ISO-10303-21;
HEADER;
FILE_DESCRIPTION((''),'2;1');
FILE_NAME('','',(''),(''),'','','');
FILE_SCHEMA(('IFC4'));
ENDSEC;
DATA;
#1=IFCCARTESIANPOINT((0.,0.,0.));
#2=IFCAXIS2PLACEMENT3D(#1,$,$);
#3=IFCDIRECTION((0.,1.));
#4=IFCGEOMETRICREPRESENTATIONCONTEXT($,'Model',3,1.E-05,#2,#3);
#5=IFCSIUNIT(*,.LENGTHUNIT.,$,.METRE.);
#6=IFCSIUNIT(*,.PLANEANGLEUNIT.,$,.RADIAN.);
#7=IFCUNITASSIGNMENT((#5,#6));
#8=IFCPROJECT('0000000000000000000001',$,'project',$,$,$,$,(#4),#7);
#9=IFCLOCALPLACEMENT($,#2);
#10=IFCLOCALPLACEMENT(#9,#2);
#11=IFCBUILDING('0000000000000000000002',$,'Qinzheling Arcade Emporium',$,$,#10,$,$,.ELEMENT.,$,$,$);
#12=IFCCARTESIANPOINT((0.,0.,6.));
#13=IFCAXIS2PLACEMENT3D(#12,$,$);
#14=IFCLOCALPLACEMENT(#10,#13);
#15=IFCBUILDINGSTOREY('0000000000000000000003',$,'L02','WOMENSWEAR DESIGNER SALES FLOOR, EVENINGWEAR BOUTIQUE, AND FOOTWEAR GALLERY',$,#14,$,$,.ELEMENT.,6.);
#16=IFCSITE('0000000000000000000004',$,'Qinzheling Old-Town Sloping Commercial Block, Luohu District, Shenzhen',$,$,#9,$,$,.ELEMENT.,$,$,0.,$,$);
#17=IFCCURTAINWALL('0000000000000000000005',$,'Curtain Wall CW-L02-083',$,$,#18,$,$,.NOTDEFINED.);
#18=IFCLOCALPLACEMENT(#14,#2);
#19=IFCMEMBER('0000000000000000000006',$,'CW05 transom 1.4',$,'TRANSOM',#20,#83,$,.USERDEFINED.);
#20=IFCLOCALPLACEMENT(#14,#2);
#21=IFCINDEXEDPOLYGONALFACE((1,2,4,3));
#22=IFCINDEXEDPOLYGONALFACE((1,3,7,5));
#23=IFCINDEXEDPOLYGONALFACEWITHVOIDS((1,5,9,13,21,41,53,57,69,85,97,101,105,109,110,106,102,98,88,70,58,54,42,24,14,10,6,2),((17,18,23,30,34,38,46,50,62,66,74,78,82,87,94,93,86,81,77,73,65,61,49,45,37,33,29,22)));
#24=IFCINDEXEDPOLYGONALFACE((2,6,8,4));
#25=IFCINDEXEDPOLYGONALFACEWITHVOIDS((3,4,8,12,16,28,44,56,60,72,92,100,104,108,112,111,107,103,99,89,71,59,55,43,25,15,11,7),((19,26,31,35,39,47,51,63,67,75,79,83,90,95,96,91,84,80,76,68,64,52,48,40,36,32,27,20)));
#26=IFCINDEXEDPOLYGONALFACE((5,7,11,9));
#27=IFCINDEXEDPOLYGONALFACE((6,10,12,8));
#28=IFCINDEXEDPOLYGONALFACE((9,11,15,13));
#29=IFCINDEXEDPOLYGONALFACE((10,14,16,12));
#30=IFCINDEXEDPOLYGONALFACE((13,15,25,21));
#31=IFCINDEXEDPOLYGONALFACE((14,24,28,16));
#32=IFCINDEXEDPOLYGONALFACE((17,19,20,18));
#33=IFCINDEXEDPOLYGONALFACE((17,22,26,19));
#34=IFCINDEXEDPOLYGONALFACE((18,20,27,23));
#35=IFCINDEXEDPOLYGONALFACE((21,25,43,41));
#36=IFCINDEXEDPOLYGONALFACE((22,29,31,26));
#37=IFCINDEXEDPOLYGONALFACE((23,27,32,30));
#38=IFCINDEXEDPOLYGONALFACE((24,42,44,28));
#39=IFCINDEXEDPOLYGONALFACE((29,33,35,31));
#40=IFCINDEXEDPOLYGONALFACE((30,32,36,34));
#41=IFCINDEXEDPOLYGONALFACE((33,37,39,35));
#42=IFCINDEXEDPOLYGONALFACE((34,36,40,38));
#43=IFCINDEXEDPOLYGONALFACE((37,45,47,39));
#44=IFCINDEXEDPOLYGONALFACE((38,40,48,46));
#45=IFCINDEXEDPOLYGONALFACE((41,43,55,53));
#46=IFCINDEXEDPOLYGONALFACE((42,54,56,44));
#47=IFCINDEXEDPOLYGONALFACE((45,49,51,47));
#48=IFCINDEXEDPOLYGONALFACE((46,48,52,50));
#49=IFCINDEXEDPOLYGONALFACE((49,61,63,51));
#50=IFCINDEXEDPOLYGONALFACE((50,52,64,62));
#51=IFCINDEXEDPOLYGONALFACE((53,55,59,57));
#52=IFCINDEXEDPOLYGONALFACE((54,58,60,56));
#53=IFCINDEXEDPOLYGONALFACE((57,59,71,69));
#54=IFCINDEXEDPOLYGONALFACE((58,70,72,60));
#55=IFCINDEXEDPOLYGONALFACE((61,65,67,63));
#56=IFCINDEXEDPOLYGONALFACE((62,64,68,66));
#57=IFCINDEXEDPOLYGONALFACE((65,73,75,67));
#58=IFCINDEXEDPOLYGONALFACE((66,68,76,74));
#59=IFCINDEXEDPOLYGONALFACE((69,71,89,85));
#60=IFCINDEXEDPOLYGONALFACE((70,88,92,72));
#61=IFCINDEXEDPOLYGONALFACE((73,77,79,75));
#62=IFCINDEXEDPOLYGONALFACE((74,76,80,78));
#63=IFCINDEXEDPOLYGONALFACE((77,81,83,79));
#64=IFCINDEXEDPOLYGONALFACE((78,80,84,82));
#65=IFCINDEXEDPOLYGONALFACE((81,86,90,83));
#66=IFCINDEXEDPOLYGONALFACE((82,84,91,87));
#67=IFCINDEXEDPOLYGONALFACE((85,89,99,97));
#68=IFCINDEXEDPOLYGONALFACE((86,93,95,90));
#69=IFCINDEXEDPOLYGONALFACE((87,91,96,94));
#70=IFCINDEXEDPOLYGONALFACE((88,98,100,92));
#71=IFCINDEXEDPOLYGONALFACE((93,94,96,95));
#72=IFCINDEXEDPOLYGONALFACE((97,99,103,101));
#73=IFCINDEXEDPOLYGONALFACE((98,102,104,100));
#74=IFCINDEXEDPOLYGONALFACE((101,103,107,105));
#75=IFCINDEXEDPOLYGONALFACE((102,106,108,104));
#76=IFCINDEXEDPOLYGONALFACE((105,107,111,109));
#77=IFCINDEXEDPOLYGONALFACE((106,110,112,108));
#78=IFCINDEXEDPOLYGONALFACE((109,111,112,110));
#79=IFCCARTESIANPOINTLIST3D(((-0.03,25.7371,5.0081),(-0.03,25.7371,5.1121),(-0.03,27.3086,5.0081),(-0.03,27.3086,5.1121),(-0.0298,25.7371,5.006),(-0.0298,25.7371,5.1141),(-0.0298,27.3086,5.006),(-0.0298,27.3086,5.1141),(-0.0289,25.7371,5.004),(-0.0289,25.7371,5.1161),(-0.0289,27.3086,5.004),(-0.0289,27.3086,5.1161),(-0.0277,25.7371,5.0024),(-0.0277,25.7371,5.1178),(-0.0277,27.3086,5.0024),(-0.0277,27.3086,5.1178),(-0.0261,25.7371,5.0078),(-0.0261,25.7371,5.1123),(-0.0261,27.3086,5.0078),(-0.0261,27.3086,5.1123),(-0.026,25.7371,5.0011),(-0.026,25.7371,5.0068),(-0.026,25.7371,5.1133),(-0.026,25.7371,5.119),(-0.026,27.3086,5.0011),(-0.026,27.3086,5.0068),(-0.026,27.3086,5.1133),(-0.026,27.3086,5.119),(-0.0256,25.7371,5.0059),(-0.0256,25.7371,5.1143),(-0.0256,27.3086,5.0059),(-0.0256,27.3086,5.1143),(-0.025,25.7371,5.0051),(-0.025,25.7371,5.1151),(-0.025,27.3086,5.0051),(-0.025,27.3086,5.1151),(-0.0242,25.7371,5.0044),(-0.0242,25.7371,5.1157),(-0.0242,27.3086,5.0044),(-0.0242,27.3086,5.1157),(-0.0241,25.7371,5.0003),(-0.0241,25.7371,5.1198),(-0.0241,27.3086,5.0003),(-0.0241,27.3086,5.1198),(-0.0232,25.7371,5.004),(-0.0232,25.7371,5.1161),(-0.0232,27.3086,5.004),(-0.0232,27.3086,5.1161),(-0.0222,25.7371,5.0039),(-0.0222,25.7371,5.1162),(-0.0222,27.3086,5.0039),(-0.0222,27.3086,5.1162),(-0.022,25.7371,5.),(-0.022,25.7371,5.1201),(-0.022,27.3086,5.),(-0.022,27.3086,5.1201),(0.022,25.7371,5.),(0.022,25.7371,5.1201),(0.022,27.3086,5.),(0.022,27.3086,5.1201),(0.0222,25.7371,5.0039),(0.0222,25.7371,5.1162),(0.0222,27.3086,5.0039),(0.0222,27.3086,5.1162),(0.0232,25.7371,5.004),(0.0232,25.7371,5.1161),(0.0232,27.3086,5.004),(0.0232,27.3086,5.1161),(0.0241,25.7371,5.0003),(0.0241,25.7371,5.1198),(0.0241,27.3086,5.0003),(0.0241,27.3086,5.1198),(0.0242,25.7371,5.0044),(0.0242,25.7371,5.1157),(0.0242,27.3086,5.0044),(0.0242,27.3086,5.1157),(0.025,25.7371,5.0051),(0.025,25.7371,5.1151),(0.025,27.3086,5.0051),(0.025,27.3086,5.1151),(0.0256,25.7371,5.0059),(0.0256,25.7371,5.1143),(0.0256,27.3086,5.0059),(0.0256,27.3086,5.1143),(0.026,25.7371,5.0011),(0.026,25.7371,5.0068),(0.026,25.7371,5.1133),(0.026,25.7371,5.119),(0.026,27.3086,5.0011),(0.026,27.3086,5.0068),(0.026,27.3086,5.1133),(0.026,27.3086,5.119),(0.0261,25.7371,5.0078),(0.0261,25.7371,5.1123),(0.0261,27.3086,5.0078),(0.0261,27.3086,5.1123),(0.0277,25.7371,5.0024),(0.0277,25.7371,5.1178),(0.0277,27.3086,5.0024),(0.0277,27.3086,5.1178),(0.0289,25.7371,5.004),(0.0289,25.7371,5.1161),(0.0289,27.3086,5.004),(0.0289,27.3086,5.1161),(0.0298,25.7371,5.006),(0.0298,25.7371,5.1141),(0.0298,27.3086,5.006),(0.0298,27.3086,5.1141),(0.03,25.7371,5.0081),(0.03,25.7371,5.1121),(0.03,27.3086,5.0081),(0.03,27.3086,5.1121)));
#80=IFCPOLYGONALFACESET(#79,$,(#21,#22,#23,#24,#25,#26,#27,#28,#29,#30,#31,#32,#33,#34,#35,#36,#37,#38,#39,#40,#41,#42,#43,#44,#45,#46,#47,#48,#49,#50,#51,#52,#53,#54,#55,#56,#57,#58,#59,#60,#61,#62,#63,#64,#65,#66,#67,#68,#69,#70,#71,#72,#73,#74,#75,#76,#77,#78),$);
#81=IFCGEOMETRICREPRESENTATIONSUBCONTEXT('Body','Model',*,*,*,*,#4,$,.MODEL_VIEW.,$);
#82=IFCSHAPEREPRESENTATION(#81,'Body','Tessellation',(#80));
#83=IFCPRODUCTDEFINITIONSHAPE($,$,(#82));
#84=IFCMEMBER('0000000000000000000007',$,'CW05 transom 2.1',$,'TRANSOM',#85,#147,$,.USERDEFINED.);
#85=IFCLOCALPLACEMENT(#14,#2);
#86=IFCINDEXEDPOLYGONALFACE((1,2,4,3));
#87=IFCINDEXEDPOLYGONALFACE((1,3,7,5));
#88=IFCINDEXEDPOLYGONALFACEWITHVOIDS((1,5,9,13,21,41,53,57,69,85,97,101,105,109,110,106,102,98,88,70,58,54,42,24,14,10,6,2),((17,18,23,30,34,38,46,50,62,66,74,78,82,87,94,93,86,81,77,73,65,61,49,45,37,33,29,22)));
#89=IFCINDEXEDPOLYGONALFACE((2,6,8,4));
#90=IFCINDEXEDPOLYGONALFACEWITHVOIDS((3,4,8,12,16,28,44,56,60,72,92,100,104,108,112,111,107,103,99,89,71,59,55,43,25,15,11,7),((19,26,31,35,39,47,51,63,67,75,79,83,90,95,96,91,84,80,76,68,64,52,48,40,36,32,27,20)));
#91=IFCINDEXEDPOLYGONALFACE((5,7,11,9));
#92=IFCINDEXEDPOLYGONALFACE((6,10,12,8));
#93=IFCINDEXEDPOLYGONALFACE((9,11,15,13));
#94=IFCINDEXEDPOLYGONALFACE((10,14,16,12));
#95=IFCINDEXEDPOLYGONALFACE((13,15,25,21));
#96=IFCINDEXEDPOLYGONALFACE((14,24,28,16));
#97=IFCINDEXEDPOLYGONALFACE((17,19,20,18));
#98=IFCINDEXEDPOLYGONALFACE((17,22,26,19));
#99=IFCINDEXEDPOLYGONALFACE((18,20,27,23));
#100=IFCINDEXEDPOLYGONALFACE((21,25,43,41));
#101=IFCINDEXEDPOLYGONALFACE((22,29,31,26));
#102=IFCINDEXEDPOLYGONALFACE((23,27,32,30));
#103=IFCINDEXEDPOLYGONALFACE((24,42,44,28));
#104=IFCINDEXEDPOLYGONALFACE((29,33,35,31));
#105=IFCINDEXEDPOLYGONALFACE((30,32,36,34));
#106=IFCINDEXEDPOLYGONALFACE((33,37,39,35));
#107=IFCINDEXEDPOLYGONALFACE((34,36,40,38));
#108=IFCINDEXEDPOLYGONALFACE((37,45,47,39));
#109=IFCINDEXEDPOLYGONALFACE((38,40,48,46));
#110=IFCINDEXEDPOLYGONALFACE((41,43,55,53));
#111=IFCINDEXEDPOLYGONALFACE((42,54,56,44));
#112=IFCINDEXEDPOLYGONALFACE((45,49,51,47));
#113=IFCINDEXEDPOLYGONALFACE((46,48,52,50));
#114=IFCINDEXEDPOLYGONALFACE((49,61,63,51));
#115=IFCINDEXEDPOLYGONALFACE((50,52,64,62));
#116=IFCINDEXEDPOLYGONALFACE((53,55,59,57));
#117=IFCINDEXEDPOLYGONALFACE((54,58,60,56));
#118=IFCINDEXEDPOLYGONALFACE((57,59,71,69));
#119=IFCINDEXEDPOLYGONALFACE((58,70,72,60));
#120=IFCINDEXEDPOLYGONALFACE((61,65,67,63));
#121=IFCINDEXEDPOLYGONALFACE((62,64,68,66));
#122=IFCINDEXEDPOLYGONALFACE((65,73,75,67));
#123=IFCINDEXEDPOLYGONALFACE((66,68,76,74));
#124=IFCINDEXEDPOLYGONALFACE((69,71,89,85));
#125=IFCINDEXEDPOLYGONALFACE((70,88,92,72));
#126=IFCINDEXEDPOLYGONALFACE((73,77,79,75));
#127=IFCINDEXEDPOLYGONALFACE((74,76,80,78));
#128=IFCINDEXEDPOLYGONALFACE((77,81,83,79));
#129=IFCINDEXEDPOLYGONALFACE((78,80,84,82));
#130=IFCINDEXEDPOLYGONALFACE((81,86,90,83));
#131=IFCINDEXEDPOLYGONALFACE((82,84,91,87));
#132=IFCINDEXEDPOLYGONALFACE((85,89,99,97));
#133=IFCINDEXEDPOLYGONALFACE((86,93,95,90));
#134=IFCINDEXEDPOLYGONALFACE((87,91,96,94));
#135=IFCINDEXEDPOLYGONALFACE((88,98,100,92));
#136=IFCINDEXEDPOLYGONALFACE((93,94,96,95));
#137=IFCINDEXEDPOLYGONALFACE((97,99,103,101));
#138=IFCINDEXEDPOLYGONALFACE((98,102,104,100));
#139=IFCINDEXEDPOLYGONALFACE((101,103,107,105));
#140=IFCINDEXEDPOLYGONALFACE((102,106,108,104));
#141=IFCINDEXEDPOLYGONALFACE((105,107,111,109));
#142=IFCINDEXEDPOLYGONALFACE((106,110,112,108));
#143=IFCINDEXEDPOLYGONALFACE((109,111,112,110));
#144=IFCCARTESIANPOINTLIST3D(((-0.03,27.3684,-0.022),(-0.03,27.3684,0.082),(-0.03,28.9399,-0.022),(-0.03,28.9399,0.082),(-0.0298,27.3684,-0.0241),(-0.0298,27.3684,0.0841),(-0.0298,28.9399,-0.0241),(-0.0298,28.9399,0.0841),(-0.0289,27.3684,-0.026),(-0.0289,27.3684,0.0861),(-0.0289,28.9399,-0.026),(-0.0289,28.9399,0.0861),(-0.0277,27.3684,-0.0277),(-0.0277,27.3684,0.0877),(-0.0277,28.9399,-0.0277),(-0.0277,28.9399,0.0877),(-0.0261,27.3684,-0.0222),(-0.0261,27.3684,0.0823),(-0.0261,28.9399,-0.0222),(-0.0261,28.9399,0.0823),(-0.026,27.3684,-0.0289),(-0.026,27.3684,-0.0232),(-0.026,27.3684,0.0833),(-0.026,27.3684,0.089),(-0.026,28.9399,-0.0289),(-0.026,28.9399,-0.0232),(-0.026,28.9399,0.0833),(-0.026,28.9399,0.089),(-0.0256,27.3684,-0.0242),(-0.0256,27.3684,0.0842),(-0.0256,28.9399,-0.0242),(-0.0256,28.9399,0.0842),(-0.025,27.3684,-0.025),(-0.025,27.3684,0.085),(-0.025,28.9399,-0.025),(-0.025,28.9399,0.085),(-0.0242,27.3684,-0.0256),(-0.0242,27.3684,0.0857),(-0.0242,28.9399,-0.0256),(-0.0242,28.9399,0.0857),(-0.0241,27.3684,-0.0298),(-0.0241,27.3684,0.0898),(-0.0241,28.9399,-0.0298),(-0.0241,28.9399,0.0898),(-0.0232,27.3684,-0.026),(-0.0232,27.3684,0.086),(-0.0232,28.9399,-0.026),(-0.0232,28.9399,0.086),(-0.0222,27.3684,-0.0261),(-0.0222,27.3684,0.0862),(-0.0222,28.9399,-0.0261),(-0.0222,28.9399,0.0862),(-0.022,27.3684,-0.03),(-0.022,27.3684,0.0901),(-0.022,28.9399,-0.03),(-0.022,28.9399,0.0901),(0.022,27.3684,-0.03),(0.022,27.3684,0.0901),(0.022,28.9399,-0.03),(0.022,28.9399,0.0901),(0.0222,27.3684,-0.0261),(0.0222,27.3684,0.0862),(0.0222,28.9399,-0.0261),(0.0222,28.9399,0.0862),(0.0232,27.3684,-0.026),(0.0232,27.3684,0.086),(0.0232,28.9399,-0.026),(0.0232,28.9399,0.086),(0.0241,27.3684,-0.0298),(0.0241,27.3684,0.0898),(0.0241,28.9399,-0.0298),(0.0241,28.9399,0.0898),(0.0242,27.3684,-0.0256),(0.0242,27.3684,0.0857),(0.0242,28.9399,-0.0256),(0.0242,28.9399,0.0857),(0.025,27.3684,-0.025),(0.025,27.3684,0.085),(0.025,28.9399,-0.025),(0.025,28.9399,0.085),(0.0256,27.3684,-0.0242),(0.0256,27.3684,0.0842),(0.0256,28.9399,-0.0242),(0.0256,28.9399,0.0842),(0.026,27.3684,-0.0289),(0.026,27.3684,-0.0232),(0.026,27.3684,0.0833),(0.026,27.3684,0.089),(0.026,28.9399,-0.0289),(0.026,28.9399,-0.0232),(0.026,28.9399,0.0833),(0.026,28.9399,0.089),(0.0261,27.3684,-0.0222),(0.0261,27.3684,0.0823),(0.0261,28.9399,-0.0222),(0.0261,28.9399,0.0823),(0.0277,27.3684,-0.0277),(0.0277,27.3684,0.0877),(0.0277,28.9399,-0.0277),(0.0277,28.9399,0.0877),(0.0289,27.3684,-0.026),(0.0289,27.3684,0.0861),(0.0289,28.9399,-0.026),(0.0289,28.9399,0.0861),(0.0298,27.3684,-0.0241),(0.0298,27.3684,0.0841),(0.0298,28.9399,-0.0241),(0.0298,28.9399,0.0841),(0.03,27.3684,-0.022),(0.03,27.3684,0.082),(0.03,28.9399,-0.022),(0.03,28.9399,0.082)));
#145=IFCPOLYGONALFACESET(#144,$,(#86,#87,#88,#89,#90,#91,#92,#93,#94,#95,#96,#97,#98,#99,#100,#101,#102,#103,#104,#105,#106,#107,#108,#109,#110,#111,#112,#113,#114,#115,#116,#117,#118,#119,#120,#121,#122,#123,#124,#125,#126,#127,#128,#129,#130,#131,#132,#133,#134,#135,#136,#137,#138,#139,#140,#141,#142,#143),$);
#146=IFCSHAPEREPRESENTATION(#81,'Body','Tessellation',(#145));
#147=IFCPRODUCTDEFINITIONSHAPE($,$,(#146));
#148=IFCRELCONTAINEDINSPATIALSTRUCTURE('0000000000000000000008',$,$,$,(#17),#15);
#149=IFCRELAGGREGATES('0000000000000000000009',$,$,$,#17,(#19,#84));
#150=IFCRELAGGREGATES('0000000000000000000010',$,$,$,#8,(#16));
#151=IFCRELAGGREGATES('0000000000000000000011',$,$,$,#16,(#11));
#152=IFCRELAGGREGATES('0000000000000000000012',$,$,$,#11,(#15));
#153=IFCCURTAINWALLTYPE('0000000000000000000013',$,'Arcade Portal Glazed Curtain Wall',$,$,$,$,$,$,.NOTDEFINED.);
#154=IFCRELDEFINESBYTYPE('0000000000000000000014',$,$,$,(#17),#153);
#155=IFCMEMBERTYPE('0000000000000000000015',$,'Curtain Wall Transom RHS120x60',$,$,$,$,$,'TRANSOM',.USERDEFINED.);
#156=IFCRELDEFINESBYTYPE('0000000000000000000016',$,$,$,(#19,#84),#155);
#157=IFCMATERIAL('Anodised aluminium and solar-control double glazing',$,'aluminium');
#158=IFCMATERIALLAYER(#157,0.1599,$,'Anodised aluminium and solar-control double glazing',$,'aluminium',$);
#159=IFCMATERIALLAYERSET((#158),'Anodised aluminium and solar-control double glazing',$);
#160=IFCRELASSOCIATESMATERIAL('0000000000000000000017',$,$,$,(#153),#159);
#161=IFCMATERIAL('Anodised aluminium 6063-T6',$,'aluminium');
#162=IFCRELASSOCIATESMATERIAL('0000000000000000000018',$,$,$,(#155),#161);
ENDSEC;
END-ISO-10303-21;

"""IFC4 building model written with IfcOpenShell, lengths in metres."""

from ifc_helpers import new_model, si_unit, direction, frame, origin, origin_2d, place, context, subcontext, project, spatial, hollow_rectangle, extrude, material, layer, layer_set, material_profile, profile_set, type_object, element, aggregate, save


model = new_model("IFC4")

# Units and contexts
model_context = context("Model", 3, precision=1e-05, world=origin(), true_north=direction((0.0, 1.0)))
body_context = subcontext(model_context, "Body", "Model", "MODEL_VIEW")
ifc_project = project(units=[si_unit("LENGTHUNIT", "METRE"), si_unit("PLANEANGLEUNIT", "RADIAN")], contexts=[model_context])

# Site, building, storey
site_placement = place(None, origin())
site = spatial("IfcSite", under=ifc_project, at=site_placement, Name="Qinzheling Old-Town Sloping Commercial Block, Luohu District, Shenzhen", CompositionType="ELEMENT", RefElevation=0.0)
building_placement = place(site_placement, origin())
building = spatial("IfcBuilding", under=site, at=building_placement, Name="Qinzheling Arcade Emporium", CompositionType="ELEMENT")
storey_placement = place(building_placement, frame((0.0, 0.0, 6.0)))
storey = spatial("IfcBuildingStorey", under=building, at=storey_placement, Name="L02", Description="WOMENSWEAR DESIGNER SALES FLOOR, EVENINGWEAR BOUTIQUE, AND FOOTWEAR GALLERY", CompositionType="ELEMENT", Elevation=6.0)

# Curtain wall
ifc_material_1 = material(Name="Anodised aluminium and solar-control double glazing", Category="aluminium")
ifc_layer_1 = layer(ifc_material_1, 0.1599, Name="Anodised aluminium and solar-control double glazing", Category="aluminium")
ifc_layer_set_1 = layer_set([ifc_layer_1], Name="Anodised aluminium and solar-control double glazing")
curtain_wall_type = type_object("IfcCurtainWallType", Name="Arcade Portal Glazed Curtain Wall", PredefinedType="NOTDEFINED", material=ifc_layer_set_1)
curtain_wall_1_placement = place(storey_placement, origin())
curtain_wall_1 = element("IfcCurtainWall", 1, at=curtain_wall_1_placement, inside=storey, type_object=curtain_wall_type, Name="Curtain Wall CW-L02-083", PredefinedType="NOTDEFINED")
ifc_material_2 = material(Name="Anodised aluminium 6063-T6", Category="aluminium")

# Members
ifc_material_profile_1 = material_profile(ifc_material_2, hollow_rectangle(XDim=0.0601, YDim=0.1201, WallThickness=0.0039, InnerFilletRadius=0.0039, OuterFilletRadius=0.0081, at=origin_2d()), Name="RHS 120x60x4", Category="aluminium")
ifc_profile_set_1 = profile_set([ifc_material_profile_1], Name="Anodised aluminium 6063-T6")
member_type_1 = type_object("IfcMemberType", Name="Curtain Wall Transom RHS120x60", ElementType="TRANSOM", PredefinedType="USERDEFINED", material=ifc_profile_set_1)
member_1_placement = place(storey_placement, frame((0.0, 25.7371, 5.0601), z_axis=(0.0, 1.0, 0.0), x_axis=(-1.0, 0.0, 0.0)))
member_1 = element("IfcMember", 2, at=member_1_placement, type_object=member_type_1, Name="CW05 transom 1.4", ObjectType="TRANSOM", PredefinedType="USERDEFINED", context=body_context, shape_type="SweptSolid", body=[
    extrude(hollow_rectangle(XDim=0.0601, YDim=0.1201, WallThickness=0.0039, InnerFilletRadius=0.0039, OuterFilletRadius=0.0081, at=origin_2d()), origin(), (0.0, 0.0, 1.0), 1.5715),
])
member_2_placement = place(storey_placement, frame((0.0, 27.3684, 0.03), z_axis=(0.0, 1.0, 0.0), x_axis=(-1.0, 0.0, 0.0)))
member_2 = element("IfcMember", 3, at=member_2_placement, type_object=member_type_1, Name="CW05 transom 2.1", ObjectType="TRANSOM", PredefinedType="USERDEFINED", context=body_context, shape_type="SweptSolid", body=[
    extrude(hollow_rectangle(XDim=0.0601, YDim=0.1201, WallThickness=0.0039, InnerFilletRadius=0.0039, OuterFilletRadius=0.0081, at=origin_2d()), origin(), (0.0, 0.0, 1.0), 1.5715),
])

aggregate(curtain_wall_1, [member_1, member_2])

save(model, "model.ifc")
